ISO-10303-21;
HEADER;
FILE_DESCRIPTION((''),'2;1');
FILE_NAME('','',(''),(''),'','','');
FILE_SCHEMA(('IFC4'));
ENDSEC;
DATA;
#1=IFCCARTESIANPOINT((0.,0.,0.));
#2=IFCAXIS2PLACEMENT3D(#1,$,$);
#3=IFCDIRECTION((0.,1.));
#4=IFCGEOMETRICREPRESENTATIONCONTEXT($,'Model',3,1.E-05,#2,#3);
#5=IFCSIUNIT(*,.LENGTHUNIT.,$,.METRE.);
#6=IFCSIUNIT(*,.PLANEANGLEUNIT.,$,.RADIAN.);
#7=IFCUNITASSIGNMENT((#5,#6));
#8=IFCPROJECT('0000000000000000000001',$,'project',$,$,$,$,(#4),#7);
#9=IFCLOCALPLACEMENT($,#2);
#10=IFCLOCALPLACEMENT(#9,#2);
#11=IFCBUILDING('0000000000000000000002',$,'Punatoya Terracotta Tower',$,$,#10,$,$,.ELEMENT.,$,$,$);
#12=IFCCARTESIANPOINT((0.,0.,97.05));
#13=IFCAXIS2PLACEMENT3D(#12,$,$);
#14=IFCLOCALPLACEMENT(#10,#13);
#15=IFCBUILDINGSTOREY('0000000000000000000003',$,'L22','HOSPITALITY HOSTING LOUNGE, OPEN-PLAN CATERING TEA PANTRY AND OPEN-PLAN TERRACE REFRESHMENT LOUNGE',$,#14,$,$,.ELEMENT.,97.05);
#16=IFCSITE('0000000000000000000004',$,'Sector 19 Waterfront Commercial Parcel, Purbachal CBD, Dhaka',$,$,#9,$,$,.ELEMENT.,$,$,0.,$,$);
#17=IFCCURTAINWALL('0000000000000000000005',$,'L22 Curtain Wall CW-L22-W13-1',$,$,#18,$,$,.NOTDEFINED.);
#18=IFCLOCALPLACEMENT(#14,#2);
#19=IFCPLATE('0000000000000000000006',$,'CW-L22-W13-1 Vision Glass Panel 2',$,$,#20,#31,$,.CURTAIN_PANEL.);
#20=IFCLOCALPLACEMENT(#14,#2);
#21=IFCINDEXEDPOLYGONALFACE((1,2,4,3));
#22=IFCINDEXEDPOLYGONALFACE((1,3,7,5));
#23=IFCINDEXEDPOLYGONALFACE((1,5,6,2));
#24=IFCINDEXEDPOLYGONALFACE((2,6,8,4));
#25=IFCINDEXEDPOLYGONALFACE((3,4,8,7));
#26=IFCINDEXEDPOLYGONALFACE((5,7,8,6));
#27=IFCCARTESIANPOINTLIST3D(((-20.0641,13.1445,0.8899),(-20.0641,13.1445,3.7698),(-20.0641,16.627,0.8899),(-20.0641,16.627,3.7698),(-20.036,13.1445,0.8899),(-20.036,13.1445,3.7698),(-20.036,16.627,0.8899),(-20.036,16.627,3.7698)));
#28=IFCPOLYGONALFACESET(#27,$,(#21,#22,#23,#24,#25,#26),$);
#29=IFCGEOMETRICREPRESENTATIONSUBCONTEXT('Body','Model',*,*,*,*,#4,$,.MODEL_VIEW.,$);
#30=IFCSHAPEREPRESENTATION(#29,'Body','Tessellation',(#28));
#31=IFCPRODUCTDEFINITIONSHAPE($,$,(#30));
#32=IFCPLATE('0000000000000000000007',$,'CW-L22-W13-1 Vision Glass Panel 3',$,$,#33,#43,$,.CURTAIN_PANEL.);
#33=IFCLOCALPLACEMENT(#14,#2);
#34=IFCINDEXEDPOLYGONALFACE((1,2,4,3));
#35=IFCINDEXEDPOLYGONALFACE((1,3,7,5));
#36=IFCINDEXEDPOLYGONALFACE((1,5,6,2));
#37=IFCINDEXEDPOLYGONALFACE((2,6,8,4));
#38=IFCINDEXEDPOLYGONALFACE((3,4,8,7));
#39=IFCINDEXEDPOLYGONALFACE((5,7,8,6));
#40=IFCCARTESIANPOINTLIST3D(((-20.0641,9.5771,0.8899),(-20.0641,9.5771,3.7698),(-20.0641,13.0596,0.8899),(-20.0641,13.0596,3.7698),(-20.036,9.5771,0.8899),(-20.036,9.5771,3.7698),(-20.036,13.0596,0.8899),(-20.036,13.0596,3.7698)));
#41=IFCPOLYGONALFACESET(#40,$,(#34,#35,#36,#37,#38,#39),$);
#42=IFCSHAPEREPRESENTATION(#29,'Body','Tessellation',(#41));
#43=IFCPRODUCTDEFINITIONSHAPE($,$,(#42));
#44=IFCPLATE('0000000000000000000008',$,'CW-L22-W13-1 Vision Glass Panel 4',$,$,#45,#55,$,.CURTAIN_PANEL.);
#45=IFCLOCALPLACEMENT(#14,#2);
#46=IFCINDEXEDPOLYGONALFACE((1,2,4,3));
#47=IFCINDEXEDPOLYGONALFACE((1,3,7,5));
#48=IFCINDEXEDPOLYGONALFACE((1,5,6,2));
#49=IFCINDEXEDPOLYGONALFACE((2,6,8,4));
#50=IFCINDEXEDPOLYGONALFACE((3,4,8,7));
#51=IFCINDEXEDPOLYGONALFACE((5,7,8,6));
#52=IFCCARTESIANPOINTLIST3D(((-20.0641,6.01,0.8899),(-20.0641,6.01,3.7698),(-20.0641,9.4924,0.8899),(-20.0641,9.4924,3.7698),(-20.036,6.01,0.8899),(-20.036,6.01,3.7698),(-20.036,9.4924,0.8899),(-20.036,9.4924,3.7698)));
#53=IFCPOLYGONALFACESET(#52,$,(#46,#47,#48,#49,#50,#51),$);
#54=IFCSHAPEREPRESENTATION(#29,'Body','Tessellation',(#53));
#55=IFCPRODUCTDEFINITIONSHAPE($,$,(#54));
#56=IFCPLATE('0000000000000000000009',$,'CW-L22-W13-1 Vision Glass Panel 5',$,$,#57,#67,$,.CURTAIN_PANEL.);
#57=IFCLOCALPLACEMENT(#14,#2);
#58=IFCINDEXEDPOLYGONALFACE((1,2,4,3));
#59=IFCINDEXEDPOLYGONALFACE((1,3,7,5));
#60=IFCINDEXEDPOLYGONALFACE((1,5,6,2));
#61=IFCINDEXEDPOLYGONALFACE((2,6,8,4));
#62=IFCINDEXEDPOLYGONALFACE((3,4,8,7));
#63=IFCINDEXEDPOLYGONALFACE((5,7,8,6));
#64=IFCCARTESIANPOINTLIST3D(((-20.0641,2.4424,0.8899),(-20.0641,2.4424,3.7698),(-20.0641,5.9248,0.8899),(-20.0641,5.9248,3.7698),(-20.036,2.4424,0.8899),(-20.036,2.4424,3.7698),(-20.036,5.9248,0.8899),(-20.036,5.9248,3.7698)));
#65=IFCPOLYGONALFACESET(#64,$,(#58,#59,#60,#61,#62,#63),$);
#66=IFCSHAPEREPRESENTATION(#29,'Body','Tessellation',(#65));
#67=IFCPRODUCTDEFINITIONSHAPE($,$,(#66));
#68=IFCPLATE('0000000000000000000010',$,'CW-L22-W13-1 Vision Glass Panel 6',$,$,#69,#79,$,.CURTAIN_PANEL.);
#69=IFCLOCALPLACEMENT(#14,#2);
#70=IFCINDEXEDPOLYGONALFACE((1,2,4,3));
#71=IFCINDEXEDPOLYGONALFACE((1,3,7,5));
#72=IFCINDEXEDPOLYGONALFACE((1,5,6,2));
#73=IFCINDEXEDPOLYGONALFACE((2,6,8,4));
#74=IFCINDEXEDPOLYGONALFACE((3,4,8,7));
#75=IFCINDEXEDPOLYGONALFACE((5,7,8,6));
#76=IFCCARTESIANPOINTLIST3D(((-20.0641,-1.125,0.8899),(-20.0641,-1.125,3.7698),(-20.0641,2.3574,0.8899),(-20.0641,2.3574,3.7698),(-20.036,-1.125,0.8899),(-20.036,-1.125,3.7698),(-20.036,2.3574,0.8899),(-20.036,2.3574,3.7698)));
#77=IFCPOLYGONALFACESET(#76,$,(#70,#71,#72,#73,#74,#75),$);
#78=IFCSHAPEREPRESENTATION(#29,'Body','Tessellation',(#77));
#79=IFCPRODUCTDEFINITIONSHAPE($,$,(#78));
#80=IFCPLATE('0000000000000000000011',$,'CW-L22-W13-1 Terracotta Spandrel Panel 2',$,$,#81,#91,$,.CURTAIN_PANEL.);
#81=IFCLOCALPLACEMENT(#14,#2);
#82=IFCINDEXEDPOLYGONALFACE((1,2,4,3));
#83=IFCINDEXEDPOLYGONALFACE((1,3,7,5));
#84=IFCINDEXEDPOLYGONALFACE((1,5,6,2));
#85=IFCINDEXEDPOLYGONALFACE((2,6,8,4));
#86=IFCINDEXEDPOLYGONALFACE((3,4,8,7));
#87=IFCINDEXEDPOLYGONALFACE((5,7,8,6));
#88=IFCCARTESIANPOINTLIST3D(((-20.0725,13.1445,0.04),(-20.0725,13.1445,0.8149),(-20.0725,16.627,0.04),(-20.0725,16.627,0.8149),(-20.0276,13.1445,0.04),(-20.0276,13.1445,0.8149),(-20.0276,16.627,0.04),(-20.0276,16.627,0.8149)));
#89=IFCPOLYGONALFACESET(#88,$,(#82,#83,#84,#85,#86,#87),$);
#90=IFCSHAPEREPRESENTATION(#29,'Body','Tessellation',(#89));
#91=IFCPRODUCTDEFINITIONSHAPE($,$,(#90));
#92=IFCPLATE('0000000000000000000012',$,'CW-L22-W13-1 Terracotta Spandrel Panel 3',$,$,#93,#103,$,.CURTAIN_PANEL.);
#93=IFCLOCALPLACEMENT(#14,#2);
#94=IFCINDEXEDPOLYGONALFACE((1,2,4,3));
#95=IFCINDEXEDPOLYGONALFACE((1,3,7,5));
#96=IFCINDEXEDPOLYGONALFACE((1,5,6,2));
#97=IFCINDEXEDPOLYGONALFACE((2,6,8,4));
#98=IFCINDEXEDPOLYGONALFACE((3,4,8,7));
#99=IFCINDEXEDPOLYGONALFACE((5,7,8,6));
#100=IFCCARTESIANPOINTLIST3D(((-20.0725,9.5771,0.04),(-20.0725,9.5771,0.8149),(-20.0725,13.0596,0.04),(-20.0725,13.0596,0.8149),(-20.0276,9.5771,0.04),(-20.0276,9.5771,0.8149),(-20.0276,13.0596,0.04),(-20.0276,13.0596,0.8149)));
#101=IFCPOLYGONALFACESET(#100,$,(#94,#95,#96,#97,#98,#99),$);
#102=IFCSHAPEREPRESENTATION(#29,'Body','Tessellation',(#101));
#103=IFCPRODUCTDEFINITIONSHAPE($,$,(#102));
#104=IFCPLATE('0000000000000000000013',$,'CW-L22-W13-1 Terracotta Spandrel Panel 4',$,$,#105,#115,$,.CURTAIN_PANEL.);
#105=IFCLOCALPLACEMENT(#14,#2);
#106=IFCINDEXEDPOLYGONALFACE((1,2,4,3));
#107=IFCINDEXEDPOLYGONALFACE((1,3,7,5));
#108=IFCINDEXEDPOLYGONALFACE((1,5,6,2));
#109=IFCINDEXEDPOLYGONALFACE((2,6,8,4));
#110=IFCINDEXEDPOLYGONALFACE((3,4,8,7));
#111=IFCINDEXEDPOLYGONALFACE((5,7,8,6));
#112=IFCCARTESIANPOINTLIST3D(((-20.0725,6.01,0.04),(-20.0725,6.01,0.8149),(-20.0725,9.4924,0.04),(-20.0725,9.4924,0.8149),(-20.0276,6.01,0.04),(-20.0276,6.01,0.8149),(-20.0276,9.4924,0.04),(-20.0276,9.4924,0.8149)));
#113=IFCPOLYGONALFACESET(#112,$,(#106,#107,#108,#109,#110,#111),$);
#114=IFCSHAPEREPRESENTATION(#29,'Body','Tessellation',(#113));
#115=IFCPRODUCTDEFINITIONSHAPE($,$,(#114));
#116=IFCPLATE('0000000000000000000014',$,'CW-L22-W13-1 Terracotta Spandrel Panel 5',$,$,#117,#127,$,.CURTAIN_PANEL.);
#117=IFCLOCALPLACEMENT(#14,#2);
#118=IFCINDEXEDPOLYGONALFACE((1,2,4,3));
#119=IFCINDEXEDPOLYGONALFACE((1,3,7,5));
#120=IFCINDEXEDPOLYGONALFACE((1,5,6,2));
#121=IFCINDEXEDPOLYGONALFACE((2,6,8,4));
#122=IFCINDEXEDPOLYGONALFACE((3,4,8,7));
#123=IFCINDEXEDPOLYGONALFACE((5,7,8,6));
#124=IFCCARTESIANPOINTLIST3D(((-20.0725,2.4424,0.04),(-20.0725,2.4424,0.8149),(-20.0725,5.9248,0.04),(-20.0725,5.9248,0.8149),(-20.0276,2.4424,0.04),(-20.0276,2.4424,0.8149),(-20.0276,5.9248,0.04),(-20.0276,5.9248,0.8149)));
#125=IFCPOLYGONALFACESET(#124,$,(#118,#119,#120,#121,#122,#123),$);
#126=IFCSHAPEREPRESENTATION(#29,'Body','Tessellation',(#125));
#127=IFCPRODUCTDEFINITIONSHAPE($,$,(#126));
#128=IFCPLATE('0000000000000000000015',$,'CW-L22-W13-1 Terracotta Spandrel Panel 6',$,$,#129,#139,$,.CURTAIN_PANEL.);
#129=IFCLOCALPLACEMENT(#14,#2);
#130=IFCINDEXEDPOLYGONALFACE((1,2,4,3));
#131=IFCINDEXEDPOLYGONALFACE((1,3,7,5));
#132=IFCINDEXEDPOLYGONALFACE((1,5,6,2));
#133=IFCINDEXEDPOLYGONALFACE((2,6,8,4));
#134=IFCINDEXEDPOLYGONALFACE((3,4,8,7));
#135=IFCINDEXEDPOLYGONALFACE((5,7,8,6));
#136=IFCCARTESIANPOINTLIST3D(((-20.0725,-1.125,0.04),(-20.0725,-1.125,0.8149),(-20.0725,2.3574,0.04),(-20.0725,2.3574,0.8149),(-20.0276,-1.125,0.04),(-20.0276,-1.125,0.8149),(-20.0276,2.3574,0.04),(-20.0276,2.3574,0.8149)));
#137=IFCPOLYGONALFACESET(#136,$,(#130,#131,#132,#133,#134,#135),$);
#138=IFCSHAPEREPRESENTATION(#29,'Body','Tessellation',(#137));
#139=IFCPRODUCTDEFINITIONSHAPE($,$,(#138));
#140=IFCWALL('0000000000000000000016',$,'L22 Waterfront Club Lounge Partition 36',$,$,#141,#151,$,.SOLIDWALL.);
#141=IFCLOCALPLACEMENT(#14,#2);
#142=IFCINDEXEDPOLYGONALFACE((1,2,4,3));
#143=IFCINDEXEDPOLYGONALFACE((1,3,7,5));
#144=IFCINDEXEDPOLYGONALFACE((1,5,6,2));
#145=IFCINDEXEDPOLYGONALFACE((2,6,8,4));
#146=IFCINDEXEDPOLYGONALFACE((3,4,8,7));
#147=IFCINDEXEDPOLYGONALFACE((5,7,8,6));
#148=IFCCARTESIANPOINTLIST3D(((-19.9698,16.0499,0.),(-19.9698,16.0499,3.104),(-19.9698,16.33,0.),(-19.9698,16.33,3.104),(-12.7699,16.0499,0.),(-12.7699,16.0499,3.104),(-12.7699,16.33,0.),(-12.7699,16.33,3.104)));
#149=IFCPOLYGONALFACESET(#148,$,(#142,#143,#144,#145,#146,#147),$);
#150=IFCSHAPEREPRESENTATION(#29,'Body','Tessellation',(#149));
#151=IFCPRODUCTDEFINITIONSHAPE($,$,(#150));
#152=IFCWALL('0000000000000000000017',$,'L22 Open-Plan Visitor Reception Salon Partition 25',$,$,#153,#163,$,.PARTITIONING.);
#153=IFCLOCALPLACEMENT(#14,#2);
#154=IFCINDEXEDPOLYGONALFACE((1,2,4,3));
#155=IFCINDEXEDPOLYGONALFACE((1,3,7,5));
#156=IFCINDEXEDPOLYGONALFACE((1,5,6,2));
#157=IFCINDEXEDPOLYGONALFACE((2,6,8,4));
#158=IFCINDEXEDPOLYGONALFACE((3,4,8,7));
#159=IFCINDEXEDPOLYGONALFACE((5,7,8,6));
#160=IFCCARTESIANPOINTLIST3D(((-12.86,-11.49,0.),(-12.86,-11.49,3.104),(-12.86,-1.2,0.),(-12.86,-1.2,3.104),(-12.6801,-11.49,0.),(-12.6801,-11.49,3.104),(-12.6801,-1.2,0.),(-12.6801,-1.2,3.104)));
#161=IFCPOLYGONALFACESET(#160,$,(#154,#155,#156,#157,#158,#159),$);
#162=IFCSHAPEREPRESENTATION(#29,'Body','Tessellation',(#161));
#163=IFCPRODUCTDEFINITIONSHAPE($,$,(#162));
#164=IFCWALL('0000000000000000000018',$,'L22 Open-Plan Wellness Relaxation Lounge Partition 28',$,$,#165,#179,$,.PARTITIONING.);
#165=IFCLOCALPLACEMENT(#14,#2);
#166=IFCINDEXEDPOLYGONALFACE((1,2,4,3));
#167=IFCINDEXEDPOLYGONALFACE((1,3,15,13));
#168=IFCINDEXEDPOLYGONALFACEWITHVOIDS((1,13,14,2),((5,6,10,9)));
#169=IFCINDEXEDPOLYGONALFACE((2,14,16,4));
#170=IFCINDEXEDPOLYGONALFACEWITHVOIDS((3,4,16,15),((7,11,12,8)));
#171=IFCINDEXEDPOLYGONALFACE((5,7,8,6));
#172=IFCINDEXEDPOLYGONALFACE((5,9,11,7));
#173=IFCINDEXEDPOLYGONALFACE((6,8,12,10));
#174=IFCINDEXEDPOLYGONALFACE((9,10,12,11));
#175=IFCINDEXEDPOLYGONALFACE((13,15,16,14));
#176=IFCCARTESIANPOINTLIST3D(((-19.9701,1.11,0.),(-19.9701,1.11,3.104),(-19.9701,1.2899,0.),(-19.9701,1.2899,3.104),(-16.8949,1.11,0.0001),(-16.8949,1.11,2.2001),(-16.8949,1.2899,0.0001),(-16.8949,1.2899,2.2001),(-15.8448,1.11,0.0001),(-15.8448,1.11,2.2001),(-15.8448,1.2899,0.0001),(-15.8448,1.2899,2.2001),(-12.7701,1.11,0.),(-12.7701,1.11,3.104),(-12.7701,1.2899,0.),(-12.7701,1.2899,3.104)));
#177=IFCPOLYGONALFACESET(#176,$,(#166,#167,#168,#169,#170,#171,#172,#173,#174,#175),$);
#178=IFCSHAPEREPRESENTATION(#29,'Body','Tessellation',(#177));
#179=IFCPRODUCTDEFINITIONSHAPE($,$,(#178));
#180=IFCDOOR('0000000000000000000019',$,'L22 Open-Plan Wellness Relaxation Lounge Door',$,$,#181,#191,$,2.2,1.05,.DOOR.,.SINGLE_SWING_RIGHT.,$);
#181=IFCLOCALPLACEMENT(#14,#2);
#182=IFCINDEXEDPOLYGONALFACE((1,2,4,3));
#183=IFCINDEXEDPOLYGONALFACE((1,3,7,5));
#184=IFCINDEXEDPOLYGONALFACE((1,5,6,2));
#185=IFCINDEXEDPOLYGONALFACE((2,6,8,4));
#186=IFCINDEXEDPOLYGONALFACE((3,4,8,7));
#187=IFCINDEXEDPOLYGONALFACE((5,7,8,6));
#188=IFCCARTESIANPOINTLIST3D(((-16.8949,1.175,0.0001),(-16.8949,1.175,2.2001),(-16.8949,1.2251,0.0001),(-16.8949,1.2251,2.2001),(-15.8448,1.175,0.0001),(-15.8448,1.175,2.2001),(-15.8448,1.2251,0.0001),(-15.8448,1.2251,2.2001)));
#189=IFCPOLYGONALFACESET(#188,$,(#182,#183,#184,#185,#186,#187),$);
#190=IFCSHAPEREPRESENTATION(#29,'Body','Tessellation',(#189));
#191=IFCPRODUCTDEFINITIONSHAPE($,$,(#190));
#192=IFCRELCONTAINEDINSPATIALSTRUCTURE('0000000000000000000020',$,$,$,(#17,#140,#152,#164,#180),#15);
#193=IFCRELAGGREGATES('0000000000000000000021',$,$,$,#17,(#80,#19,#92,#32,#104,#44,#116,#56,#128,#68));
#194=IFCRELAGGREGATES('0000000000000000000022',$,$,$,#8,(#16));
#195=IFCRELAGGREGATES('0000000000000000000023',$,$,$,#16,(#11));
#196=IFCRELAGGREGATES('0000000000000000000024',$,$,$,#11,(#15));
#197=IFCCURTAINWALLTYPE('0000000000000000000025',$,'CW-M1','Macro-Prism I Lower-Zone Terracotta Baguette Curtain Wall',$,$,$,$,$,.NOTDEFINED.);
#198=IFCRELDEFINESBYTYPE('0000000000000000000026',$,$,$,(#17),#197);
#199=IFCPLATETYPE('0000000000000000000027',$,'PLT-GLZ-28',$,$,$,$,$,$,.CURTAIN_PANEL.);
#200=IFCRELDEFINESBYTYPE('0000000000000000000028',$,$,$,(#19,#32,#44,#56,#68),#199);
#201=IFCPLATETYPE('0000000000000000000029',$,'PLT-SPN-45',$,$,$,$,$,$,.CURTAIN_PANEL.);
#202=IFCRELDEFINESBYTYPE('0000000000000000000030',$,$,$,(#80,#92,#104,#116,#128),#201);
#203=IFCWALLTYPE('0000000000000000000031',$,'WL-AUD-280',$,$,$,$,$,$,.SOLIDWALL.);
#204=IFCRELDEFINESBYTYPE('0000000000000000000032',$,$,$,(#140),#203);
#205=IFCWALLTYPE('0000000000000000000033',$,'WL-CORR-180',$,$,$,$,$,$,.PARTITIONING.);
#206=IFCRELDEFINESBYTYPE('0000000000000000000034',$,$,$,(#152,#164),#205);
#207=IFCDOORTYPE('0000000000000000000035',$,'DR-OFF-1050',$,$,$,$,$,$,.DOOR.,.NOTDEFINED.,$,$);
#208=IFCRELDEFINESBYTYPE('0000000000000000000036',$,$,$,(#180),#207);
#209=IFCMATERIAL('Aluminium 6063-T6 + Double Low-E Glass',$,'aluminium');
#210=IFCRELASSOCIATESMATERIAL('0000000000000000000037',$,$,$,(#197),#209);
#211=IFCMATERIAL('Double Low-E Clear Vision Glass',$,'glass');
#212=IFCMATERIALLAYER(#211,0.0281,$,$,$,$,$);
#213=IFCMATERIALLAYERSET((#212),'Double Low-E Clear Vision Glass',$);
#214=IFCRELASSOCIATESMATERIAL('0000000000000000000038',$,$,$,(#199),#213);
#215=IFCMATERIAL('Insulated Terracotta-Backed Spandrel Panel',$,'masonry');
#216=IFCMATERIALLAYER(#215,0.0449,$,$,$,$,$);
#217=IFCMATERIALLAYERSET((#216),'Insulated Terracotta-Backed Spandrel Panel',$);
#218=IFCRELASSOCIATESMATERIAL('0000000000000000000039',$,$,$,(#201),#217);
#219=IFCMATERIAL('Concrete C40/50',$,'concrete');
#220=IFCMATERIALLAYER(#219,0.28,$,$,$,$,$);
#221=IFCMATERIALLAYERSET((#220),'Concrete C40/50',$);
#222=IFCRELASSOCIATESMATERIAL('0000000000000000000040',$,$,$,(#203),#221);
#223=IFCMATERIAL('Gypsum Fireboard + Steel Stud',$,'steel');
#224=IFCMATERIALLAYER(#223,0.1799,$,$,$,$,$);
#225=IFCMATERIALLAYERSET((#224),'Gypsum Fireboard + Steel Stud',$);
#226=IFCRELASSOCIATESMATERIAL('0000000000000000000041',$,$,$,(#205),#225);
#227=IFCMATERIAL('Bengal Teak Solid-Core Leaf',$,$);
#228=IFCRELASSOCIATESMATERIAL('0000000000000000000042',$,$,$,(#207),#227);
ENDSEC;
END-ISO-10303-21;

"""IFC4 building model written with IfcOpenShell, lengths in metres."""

from ifc_helpers import new_model, si_unit, direction, frame, frame_2d, origin, origin_2d, place, context, subcontext, project, spatial, rectangle, extrude, material, layer, layer_set, type_object, element, fill, aggregate, save


model = new_model("IFC4")

# Units and contexts
model_context = context("Model", 3, precision=1e-05, world=origin(), true_north=direction((0.0, 1.0)))
body_context = subcontext(model_context, "Body", "Model", "MODEL_VIEW")
ifc_project = project(units=[si_unit("LENGTHUNIT", "METRE"), si_unit("PLANEANGLEUNIT", "RADIAN")], contexts=[model_context])

# Site, building, storey
site_placement = place(None, origin())
site = spatial("IfcSite", under=ifc_project, at=site_placement, Name="Sector 19 Waterfront Commercial Parcel, Purbachal CBD, Dhaka", CompositionType="ELEMENT", RefElevation=0.0)
building_placement = place(site_placement, origin())
building = spatial("IfcBuilding", under=site, at=building_placement, Name="Punatoya Terracotta Tower", CompositionType="ELEMENT")
storey_placement = place(building_placement, frame((0.0, 0.0, 97.05)))
storey = spatial("IfcBuildingStorey", under=building, at=storey_placement, Name="L22", Description="HOSPITALITY HOSTING LOUNGE, OPEN-PLAN CATERING TEA PANTRY AND OPEN-PLAN TERRACE REFRESHMENT LOUNGE", CompositionType="ELEMENT", Elevation=97.05)

# Curtain wall, plates
ifc_material_1 = material(Name="Aluminium 6063-T6 + Double Low-E Glass", Category="aluminium")
curtain_wall_type = type_object("IfcCurtainWallType", Name="CW-M1", Description="Macro-Prism I Lower-Zone Terracotta Baguette Curtain Wall", PredefinedType="NOTDEFINED", material=ifc_material_1)
curtain_wall_placement = place(storey_placement, origin())
curtain_wall = element("IfcCurtainWall", 1, at=curtain_wall_placement, inside=storey, type_object=curtain_wall_type, Name="L22 Curtain Wall CW-L22-W13-1", PredefinedType="NOTDEFINED")
ifc_material_2 = material(Name="Double Low-E Clear Vision Glass", Category="glass")
ifc_layer_1 = layer(ifc_material_2, 0.0281)
ifc_layer_set_1 = layer_set([ifc_layer_1], Name="Double Low-E Clear Vision Glass")
plate_type_1 = type_object("IfcPlateType", Name="PLT-GLZ-28", PredefinedType="CURTAIN_PANEL", material=ifc_layer_set_1)
plate_1_placement = place(storey_placement, frame((-20.05, 14.8857, 0.8899), z_axis=(0.0, 0.0, 1.0), x_axis=(0.0, -1.0, 0.0)))
plate_1 = element("IfcPlate", 2, at=plate_1_placement, type_object=plate_type_1, Name="CW-L22-W13-1 Vision Glass Panel 2", PredefinedType="CURTAIN_PANEL", context=body_context, shape_type="SweptSolid", body=[
    extrude(rectangle(XDim=3.4824, YDim=0.0281, at=origin_2d()), origin(), (0.0, 0.0, 1.0), 2.8799),
])
plate_2_placement = place(storey_placement, frame((-20.05, 11.3184, 0.8899), z_axis=(0.0, 0.0, 1.0), x_axis=(0.0, -1.0, 0.0)))
plate_2 = element("IfcPlate", 3, at=plate_2_placement, type_object=plate_type_1, Name="CW-L22-W13-1 Vision Glass Panel 3", PredefinedType="CURTAIN_PANEL", context=body_context, shape_type="SweptSolid", body=[
    extrude(rectangle(XDim=3.4824, YDim=0.0281, at=origin_2d()), origin(), (0.0, 0.0, 1.0), 2.8799),
])
plate_3_placement = place(storey_placement, frame((-20.05, 7.7512, 0.8899), z_axis=(0.0, 0.0, 1.0), x_axis=(0.0, -1.0, 0.0)))
plate_3 = element("IfcPlate", 4, at=plate_3_placement, type_object=plate_type_1, Name="CW-L22-W13-1 Vision Glass Panel 4", PredefinedType="CURTAIN_PANEL", context=body_context, shape_type="SweptSolid", body=[
    extrude(rectangle(XDim=3.4824, YDim=0.0281, at=origin_2d()), origin(), (0.0, 0.0, 1.0), 2.8799),
])
plate_4_placement = place(storey_placement, frame((-20.05, 4.1836, 0.8899), z_axis=(0.0, 0.0, 1.0), x_axis=(0.0, -1.0, 0.0)))
plate_4 = element("IfcPlate", 5, at=plate_4_placement, type_object=plate_type_1, Name="CW-L22-W13-1 Vision Glass Panel 5", PredefinedType="CURTAIN_PANEL", context=body_context, shape_type="SweptSolid", body=[
    extrude(rectangle(XDim=3.4824, YDim=0.0281, at=origin_2d()), origin(), (0.0, 0.0, 1.0), 2.8799),
])
plate_5_placement = place(storey_placement, frame((-20.05, 0.6162, 0.8899), z_axis=(0.0, 0.0, 1.0), x_axis=(0.0, -1.0, 0.0)))
plate_5 = element("IfcPlate", 6, at=plate_5_placement, type_object=plate_type_1, Name="CW-L22-W13-1 Vision Glass Panel 6", PredefinedType="CURTAIN_PANEL", context=body_context, shape_type="SweptSolid", body=[
    extrude(rectangle(XDim=3.4824, YDim=0.0281, at=origin_2d()), origin(), (0.0, 0.0, 1.0), 2.8799),
])
ifc_material_3 = material(Name="Insulated Terracotta-Backed Spandrel Panel", Category="masonry")
ifc_layer_2 = layer(ifc_material_3, 0.0449)
ifc_layer_set_2 = layer_set([ifc_layer_2], Name="Insulated Terracotta-Backed Spandrel Panel")
plate_type_2 = type_object("IfcPlateType", Name="PLT-SPN-45", PredefinedType="CURTAIN_PANEL", material=ifc_layer_set_2)
plate_6_placement = place(storey_placement, frame((-20.05, 14.8857, 0.04), z_axis=(0.0, 0.0, 1.0), x_axis=(0.0, -1.0, 0.0)))
plate_6 = element("IfcPlate", 7, at=plate_6_placement, type_object=plate_type_2, Name="CW-L22-W13-1 Terracotta Spandrel Panel 2", PredefinedType="CURTAIN_PANEL", context=body_context, shape_type="SweptSolid", body=[
    extrude(rectangle(XDim=3.4824, YDim=0.0449, at=origin_2d()), origin(), (0.0, 0.0, 1.0), 0.7749),
])
plate_7_placement = place(storey_placement, frame((-20.05, 11.3184, 0.04), z_axis=(0.0, 0.0, 1.0), x_axis=(0.0, -1.0, 0.0)))
plate_7 = element("IfcPlate", 8, at=plate_7_placement, type_object=plate_type_2, Name="CW-L22-W13-1 Terracotta Spandrel Panel 3", PredefinedType="CURTAIN_PANEL", context=body_context, shape_type="SweptSolid", body=[
    extrude(rectangle(XDim=3.4824, YDim=0.0449, at=origin_2d()), origin(), (0.0, 0.0, 1.0), 0.7749),
])
plate_8_placement = place(storey_placement, frame((-20.05, 7.7512, 0.04), z_axis=(0.0, 0.0, 1.0), x_axis=(0.0, -1.0, 0.0)))
plate_8 = element("IfcPlate", 9, at=plate_8_placement, type_object=plate_type_2, Name="CW-L22-W13-1 Terracotta Spandrel Panel 4", PredefinedType="CURTAIN_PANEL", context=body_context, shape_type="SweptSolid", body=[
    extrude(rectangle(XDim=3.4824, YDim=0.0449, at=origin_2d()), origin(), (0.0, 0.0, 1.0), 0.7749),
])
plate_9_placement = place(storey_placement, frame((-20.05, 4.1836, 0.04), z_axis=(0.0, 0.0, 1.0), x_axis=(0.0, -1.0, 0.0)))
plate_9 = element("IfcPlate", 10, at=plate_9_placement, type_object=plate_type_2, Name="CW-L22-W13-1 Terracotta Spandrel Panel 5", PredefinedType="CURTAIN_PANEL", context=body_context, shape_type="SweptSolid", body=[
    extrude(rectangle(XDim=3.4824, YDim=0.0449, at=origin_2d()), origin(), (0.0, 0.0, 1.0), 0.7749),
])
plate_10_placement = place(storey_placement, frame((-20.05, 0.6162, 0.04), z_axis=(0.0, 0.0, 1.0), x_axis=(0.0, -1.0, 0.0)))
plate_10 = element("IfcPlate", 11, at=plate_10_placement, type_object=plate_type_2, Name="CW-L22-W13-1 Terracotta Spandrel Panel 6", PredefinedType="CURTAIN_PANEL", context=body_context, shape_type="SweptSolid", body=[
    extrude(rectangle(XDim=3.4824, YDim=0.0449, at=origin_2d()), origin(), (0.0, 0.0, 1.0), 0.7749),
])
aggregate(curtain_wall, [plate_6, plate_1, plate_7, plate_2, plate_8, plate_3, plate_9, plate_4, plate_10, plate_5])

# Walls
ifc_material_4 = material(Name="Concrete C40/50", Category="concrete")
ifc_layer_3 = layer(ifc_material_4, 0.28)
ifc_layer_set_3 = layer_set([ifc_layer_3], Name="Concrete C40/50")
wall_type_1 = type_object("IfcWallType", Name="WL-AUD-280", PredefinedType="SOLIDWALL", material=ifc_layer_set_3)
wall_1_placement = place(storey_placement, frame((-19.97, 16.1899, 0.0), z_axis=(0.0, 0.0, 1.0), x_axis=(1.0, 0.0, 0.0)))
element("IfcWall", 12, at=wall_1_placement, inside=storey, type_object=wall_type_1, Name="L22 Waterfront Club Lounge Partition 36", PredefinedType="SOLIDWALL", context=body_context, shape_type="SweptSolid", body=[
    extrude(rectangle(XDim=7.2, YDim=0.28, at=frame_2d((3.6001, 0.0))), origin(), (0.0, 0.0, 1.0), 3.104),
])
ifc_material_5 = material(Name="Gypsum Fireboard + Steel Stud", Category="steel")
ifc_layer_4 = layer(ifc_material_5, 0.1799)
ifc_layer_set_4 = layer_set([ifc_layer_4], Name="Gypsum Fireboard + Steel Stud")
wall_type_2 = type_object("IfcWallType", Name="WL-CORR-180", PredefinedType="PARTITIONING", material=ifc_layer_set_4)
wall_2_placement = place(storey_placement, frame((-12.77, -1.2, 0.0), z_axis=(0.0, 0.0, 1.0), x_axis=(0.0, -1.0, 0.0)))
element("IfcWall", 13, at=wall_2_placement, inside=storey, type_object=wall_type_2, Name="L22 Open-Plan Visitor Reception Salon Partition 25", PredefinedType="PARTITIONING", context=body_context, shape_type="SweptSolid", body=[
    extrude(rectangle(XDim=10.29, YDim=0.1799, at=frame_2d((5.145, 0.0))), origin(), (0.0, 0.0, 1.0), 3.104),
])

# Wall, opening, door
wall_3_placement = place(storey_placement, frame((-12.77, 1.2, 0.0), z_axis=(0.0, 0.0, 1.0), x_axis=(-1.0, 0.0, 0.0)))
wall_3 = element("IfcWall", 14, at=wall_3_placement, inside=storey, type_object=wall_type_2, Name="L22 Open-Plan Wellness Relaxation Lounge Partition 28", PredefinedType="PARTITIONING", context=body_context, shape_type="SweptSolid", body=[
    extrude(rectangle(XDim=7.2, YDim=0.1799, at=frame_2d((3.6001, 0.0))), origin(), (0.0, 0.0, 1.0), 3.104),
])
opening_placement = place(wall_3_placement, frame((3.075, 0.0, 0.0)))
opening = element("IfcOpeningElement", 15, at=opening_placement, cuts=wall_3, PredefinedType="OPENING", context=body_context, shape_type="SweptSolid", body=[
    extrude(rectangle(XDim=1.05, YDim=2.2, at=frame_2d((0.5249, 1.1001))), frame((0.0, 0.0999, 0.0), z_axis=(0.0, -1.0, 0.0), x_axis=(1.0, 0.0, 0.0)), (0.0, 0.0, 1.0), 0.2),
])
ifc_material_6 = material(Name="Bengal Teak Solid-Core Leaf")
door_type = type_object("IfcDoorType", Name="DR-OFF-1050", OperationType="NOTDEFINED", PredefinedType="DOOR", material=ifc_material_6)
door_placement = place(opening_placement, origin())
door = element("IfcDoor", 16, at=door_placement, inside=storey, type_object=door_type, Name="L22 Open-Plan Wellness Relaxation Lounge Door", OperationType="SINGLE_SWING_RIGHT", OverallHeight=2.2, OverallWidth=1.05, PredefinedType="DOOR", context=body_context, shape_type="SweptSolid", body=[
    extrude(rectangle(XDim=1.05, YDim=2.2, at=frame_2d((0.5249, 1.1001))), frame((0.0, 0.0249, 0.0), z_axis=(0.0, -1.0, 0.0), x_axis=(1.0, 0.0, 0.0)), (0.0, 0.0, 1.0), 0.05),
])
fill(opening, door)

save(model, "model.ifc")
